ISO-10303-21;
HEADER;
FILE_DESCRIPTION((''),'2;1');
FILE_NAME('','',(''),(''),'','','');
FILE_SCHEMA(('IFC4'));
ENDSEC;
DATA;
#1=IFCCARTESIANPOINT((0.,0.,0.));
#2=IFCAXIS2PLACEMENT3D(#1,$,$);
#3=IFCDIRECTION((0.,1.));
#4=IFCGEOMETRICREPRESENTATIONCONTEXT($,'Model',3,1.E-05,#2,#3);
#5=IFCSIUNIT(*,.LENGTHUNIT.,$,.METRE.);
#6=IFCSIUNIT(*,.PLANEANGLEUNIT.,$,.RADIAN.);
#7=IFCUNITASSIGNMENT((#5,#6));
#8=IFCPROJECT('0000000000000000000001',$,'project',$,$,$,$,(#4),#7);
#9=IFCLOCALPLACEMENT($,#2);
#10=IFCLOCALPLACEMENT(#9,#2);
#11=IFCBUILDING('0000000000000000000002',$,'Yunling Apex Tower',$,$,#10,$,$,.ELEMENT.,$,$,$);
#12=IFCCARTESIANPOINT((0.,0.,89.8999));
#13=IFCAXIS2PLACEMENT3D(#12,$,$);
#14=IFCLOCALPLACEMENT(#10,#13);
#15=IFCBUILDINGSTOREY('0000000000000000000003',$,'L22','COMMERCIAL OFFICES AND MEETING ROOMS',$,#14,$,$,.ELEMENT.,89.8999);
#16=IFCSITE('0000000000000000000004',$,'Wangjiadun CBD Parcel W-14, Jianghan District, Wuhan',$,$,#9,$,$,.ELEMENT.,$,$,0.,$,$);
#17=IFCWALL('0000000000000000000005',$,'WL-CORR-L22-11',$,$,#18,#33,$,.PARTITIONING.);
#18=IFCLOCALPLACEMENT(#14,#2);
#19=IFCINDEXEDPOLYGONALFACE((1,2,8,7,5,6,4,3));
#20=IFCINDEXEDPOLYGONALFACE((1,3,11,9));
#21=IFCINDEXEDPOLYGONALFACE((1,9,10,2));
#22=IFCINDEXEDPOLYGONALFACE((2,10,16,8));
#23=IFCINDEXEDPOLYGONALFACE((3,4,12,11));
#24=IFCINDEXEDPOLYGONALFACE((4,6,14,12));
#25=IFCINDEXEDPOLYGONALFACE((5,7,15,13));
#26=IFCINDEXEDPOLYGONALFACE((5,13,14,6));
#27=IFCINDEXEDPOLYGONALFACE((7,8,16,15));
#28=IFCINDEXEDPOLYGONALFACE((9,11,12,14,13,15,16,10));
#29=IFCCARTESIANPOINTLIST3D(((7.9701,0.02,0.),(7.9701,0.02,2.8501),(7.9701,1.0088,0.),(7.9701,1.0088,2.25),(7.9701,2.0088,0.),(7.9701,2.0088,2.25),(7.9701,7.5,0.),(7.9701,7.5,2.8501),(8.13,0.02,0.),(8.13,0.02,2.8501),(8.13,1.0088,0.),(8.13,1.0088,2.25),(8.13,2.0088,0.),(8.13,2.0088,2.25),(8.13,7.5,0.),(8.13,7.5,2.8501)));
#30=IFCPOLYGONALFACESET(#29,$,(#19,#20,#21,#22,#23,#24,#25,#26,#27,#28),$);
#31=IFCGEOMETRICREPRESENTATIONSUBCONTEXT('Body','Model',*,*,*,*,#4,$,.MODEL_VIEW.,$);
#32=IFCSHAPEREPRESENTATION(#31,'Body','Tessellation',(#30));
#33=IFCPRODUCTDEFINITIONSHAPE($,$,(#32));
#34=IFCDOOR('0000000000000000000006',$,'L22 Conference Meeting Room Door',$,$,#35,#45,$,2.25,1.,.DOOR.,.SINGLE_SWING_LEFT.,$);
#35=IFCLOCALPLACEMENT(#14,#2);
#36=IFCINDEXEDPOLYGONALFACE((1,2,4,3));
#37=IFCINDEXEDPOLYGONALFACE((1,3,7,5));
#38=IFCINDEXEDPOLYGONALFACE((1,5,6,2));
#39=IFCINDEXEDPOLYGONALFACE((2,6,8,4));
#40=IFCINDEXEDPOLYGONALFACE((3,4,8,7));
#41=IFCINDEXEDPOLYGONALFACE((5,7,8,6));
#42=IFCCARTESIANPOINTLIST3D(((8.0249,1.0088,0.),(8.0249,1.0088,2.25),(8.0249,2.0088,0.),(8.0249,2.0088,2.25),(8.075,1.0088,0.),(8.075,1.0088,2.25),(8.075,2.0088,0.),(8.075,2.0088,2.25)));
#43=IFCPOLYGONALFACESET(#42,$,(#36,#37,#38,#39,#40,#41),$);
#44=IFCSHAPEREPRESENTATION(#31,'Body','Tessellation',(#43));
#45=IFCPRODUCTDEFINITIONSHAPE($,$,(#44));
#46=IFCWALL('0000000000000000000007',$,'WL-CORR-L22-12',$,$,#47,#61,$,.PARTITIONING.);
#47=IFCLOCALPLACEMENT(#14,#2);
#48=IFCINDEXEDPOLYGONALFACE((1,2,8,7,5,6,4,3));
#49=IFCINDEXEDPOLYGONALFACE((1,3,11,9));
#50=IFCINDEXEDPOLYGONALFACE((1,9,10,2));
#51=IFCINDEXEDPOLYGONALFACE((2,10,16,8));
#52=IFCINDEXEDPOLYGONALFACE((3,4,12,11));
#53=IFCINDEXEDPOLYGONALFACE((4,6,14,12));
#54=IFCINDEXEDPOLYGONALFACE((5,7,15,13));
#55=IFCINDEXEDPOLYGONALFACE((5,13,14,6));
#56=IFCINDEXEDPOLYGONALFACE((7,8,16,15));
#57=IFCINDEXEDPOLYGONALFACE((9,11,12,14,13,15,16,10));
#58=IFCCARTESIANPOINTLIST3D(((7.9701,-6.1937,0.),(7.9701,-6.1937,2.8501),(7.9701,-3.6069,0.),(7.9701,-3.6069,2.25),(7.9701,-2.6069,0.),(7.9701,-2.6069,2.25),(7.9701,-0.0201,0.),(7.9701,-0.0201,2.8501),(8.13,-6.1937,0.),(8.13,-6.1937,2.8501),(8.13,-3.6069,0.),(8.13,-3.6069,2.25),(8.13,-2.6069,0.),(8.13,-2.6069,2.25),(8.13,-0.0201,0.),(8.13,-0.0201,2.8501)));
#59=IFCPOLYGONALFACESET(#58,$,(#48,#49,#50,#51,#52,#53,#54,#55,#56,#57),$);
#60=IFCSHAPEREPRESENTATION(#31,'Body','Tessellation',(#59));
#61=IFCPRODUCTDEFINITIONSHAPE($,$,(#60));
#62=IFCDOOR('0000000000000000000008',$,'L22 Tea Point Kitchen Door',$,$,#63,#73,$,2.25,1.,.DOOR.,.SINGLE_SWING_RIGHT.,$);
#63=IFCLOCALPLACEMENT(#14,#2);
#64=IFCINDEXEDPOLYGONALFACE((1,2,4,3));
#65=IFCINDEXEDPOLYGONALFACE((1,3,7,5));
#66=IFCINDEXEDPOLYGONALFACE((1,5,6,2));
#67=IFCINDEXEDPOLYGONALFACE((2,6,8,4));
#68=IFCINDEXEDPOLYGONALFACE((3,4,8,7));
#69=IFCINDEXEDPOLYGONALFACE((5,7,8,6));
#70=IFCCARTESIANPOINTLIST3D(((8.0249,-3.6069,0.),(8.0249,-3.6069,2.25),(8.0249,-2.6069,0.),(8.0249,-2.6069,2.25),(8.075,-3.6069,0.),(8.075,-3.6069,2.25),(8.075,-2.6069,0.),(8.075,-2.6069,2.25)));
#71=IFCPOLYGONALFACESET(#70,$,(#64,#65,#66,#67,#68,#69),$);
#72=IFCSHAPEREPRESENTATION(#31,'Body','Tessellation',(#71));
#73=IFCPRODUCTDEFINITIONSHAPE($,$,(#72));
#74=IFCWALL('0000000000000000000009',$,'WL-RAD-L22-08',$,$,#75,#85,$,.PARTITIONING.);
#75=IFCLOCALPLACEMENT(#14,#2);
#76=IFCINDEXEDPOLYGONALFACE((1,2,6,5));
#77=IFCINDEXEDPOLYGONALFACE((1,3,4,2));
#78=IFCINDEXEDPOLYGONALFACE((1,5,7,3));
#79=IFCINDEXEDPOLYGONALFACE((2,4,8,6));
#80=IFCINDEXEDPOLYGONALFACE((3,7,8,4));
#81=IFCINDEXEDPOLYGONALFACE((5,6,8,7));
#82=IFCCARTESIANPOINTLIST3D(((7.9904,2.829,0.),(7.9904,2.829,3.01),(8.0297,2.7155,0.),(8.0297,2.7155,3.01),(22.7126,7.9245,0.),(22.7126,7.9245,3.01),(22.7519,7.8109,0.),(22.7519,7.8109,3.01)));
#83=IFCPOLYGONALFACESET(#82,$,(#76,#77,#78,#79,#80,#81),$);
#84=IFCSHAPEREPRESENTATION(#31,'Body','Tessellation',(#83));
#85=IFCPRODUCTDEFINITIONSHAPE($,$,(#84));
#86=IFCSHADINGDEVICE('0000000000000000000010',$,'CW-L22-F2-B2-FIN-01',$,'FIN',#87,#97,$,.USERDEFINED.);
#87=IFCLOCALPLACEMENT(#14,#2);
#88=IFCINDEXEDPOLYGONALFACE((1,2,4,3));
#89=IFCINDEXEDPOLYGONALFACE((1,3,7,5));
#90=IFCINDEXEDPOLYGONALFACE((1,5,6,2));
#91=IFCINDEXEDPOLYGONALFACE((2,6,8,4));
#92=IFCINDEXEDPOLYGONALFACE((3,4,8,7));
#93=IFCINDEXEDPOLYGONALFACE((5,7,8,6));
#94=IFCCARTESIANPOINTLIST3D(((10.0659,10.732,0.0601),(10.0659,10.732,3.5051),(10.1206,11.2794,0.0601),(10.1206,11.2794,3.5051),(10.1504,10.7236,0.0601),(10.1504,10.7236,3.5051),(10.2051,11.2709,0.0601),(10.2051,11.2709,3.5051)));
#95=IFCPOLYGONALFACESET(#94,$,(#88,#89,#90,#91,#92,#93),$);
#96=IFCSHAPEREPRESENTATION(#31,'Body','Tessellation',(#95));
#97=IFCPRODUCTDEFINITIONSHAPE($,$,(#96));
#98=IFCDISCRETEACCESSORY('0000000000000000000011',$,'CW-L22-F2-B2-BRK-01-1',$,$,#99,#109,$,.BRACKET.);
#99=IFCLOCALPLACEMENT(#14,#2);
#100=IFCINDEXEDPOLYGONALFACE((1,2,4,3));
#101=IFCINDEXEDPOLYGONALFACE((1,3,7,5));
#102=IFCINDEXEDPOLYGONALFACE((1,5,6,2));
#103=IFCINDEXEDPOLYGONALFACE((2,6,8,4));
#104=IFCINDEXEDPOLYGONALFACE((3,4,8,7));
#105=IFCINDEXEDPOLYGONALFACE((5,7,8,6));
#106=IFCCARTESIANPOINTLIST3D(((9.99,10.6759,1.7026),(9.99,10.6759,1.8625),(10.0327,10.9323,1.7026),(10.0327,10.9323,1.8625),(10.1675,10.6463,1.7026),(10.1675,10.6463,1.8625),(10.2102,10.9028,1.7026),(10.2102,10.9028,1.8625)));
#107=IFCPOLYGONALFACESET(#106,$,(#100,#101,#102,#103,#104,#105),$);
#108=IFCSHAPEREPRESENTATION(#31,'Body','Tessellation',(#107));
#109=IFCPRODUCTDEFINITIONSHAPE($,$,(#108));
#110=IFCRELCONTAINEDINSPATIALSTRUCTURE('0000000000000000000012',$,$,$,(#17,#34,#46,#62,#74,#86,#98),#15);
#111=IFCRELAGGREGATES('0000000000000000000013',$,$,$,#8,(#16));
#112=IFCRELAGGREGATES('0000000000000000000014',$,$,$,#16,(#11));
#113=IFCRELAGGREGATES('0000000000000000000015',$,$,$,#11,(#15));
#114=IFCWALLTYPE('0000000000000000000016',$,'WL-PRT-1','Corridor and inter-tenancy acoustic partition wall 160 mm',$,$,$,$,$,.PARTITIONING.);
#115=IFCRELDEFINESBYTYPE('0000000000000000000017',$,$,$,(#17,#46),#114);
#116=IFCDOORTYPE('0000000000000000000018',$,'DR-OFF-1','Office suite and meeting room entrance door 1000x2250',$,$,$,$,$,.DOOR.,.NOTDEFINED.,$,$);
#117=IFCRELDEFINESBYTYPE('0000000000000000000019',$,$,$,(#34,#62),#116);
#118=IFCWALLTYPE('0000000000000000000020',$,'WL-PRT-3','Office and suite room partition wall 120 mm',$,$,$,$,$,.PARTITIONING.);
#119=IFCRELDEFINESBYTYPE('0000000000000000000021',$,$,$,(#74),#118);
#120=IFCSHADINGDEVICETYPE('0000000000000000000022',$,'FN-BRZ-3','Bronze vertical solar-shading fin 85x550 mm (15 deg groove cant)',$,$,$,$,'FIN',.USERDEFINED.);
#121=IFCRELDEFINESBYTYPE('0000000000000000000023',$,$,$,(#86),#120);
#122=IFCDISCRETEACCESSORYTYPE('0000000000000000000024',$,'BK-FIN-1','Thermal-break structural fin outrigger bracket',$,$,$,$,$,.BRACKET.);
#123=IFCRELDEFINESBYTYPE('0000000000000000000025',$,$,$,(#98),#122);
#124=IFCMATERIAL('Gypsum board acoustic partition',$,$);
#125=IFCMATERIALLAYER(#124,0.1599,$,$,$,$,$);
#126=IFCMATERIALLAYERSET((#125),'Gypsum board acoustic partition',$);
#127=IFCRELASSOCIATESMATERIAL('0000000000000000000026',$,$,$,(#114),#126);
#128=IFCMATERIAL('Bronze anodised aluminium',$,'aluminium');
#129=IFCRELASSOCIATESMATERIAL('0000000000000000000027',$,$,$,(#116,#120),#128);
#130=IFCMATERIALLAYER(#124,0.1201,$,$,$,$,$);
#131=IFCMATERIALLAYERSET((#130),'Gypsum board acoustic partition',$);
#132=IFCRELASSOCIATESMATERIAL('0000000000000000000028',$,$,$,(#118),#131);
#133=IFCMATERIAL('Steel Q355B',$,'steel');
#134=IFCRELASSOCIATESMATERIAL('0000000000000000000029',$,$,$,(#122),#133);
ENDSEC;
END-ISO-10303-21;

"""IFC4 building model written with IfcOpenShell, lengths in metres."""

from ifc_helpers import new_model, si_unit, direction, frame, frame_2d, origin, origin_2d, place, context, subcontext, project, spatial, rectangle, extrude, source, transform, mapped, material, layer, layer_set, material_profile, profile_set, type_object, element, fill, save


model = new_model("IFC4")

# Units and contexts
model_context = context("Model", 3, precision=1e-05, world=origin(), true_north=direction((0.0, 1.0)))
body_context = subcontext(model_context, "Body", "Model", "MODEL_VIEW")
ifc_project = project(units=[si_unit("LENGTHUNIT", "METRE"), si_unit("PLANEANGLEUNIT", "RADIAN")], contexts=[model_context])

# Site, building, storey
site_placement = place(None, origin())
site = spatial("IfcSite", under=ifc_project, at=site_placement, Name="Wangjiadun CBD Parcel W-14, Jianghan District, Wuhan", CompositionType="ELEMENT", RefElevation=0.0)
building_placement = place(site_placement, origin())
building = spatial("IfcBuilding", under=site, at=building_placement, Name="Yunling Apex Tower", CompositionType="ELEMENT")
storey_placement = place(building_placement, frame((0.0, 0.0, 89.8999)))
storey = spatial("IfcBuildingStorey", under=building, at=storey_placement, Name="L22", Description="COMMERCIAL OFFICES AND MEETING ROOMS", CompositionType="ELEMENT", Elevation=89.8999)

# Shared definitions
ifc_material_1 = material(Name="Steel Q355B", Category="steel")

# Shared definitions
ifc_material_2 = material(Name="Bronze anodised aluminium", Category="aluminium")

# Shared definitions
ifc_material_3 = material(Name="Gypsum board acoustic partition")
ifc_layer_1 = layer(ifc_material_3, 0.1599)
ifc_layer_set_1 = layer_set([ifc_layer_1], Name="Gypsum board acoustic partition")
wall_type_1 = type_object("IfcWallType", Name="WL-PRT-1", Description="Corridor and inter-tenancy acoustic partition wall 160 mm", PredefinedType="PARTITIONING", material=ifc_layer_set_1)

# Walls, openings, doors
wall_1_placement = place(storey_placement, frame((8.05, 7.5, 0.0), z_axis=(0.0, 0.0, 1.0), x_axis=(0.0, -1.0, 0.0)))
wall_1 = element("IfcWall", 1, at=wall_1_placement, inside=storey, type_object=wall_type_1, Name="WL-CORR-L22-11", PredefinedType="PARTITIONING", context=body_context, shape_type="SweptSolid", body=[
    extrude(rectangle(XDim=7.48, YDim=0.1599, at=frame_2d((3.74, 0.0))), origin(), (0.0, 0.0, 1.0), 2.8501),
])
opening_1_placement = place(wall_1_placement, frame((5.4912, 0.0, 0.0)))
opening_1 = element("IfcOpeningElement", 2, at=opening_1_placement, cuts=wall_1, PredefinedType="OPENING", context=body_context, shape_type="SweptSolid", body=[
    extrude(rectangle(XDim=1.0, YDim=2.25, at=frame_2d((0.5, 1.125))), frame((0.0, 0.0898, 0.0), z_axis=(0.0, -1.0, 0.0), x_axis=(1.0, 0.0, 0.0)), (0.0, 0.0, 1.0), 0.1799),
])
door_type = type_object("IfcDoorType", Name="DR-OFF-1", Description="Office suite and meeting room entrance door 1000x2250", OperationType="NOTDEFINED", PredefinedType="DOOR", material=ifc_material_2)
door_1_placement = place(opening_1_placement, origin())
door_1 = element("IfcDoor", 3, at=door_1_placement, inside=storey, type_object=door_type, Name="L22 Conference Meeting Room Door", OperationType="SINGLE_SWING_LEFT", OverallHeight=2.25, OverallWidth=1.0, PredefinedType="DOOR", context=body_context, shape_type="SweptSolid", body=[
    extrude(rectangle(XDim=1.0, YDim=2.25, at=frame_2d((0.5, 1.125))), frame((0.0, 0.0249, 0.0), z_axis=(0.0, -1.0, 0.0), x_axis=(1.0, 0.0, 0.0)), (0.0, 0.0, 1.0), 0.05),
])
fill(opening_1, door_1)
wall_2_placement = place(storey_placement, frame((8.05, -0.02, 0.0), z_axis=(0.0, 0.0, 1.0), x_axis=(0.0, -1.0, 0.0)))
wall_2 = element("IfcWall", 4, at=wall_2_placement, inside=storey, type_object=wall_type_1, Name="WL-CORR-L22-12", PredefinedType="PARTITIONING", context=body_context, shape_type="SweptSolid", body=[
    extrude(rectangle(XDim=6.1736, YDim=0.1599, at=frame_2d((3.0869, 0.0))), origin(), (0.0, 0.0, 1.0), 2.8501),
])
opening_2_placement = place(wall_2_placement, frame((2.5869, 0.0, 0.0)))
opening_2 = element("IfcOpeningElement", 5, at=opening_2_placement, cuts=wall_2, PredefinedType="OPENING", context=body_context, shape_type="SweptSolid", body=[
    extrude(rectangle(XDim=1.0, YDim=2.25, at=frame_2d((0.5, 1.125))), frame((0.0, 0.0898, 0.0), z_axis=(0.0, -1.0, 0.0), x_axis=(1.0, 0.0, 0.0)), (0.0, 0.0, 1.0), 0.1799),
])
door_2_placement = place(opening_2_placement, origin())
door_2 = element("IfcDoor", 6, at=door_2_placement, inside=storey, type_object=door_type, Name="L22 Tea Point Kitchen Door", OperationType="SINGLE_SWING_RIGHT", OverallHeight=2.25, OverallWidth=1.0, PredefinedType="DOOR", context=body_context, shape_type="SweptSolid", body=[
    extrude(rectangle(XDim=1.0, YDim=2.25, at=frame_2d((0.5, 1.125))), frame((0.0, 0.0249, 0.0), z_axis=(0.0, -1.0, 0.0), x_axis=(1.0, 0.0, 0.0)), (0.0, 0.0, 1.0), 0.05),
])
fill(opening_2, door_2)

# Wall
ifc_layer_2 = layer(ifc_material_3, 0.1201)
ifc_layer_set_2 = layer_set([ifc_layer_2], Name="Gypsum board acoustic partition")
wall_type_2 = type_object("IfcWallType", Name="WL-PRT-3", Description="Office and suite room partition wall 120 mm", PredefinedType="PARTITIONING", material=ifc_layer_set_2)
wall_3_placement = place(storey_placement, frame((8.01, 2.7722, 0.0), z_axis=(0.0, 0.0, 1.0), x_axis=(0.944999, 0.327072, 0.0)))
element("IfcWall", 7, at=wall_3_placement, inside=storey, type_object=wall_type_2, Name="WL-RAD-L22-08", PredefinedType="PARTITIONING", context=body_context, shape_type="SweptSolid", body=[
    extrude(rectangle(XDim=15.5791, YDim=0.1201, at=frame_2d((7.7896, 0.0))), origin(), (0.0, 0.0, 1.0), 3.01),
])

# Shading device
ifc_material_profile_1 = material_profile(ifc_material_2, rectangle(XDim=0.085, YDim=0.55, at=origin_2d()))
ifc_profile_set_1 = profile_set([ifc_material_profile_1], Name="Bronze anodised aluminium")
shading_device_type = type_object("IfcShadingDeviceType", Name="FN-BRZ-3", Description="Bronze vertical solar-shading fin 85x550 mm (15 deg groove cant)", ElementType="FIN", PredefinedType="USERDEFINED", material=ifc_profile_set_1)
shared_shape_1 = source(origin(), body_context, "Body", "SweptSolid", [
    extrude(rectangle(XDim=0.085, YDim=0.55, at=origin_2d()), origin(), (0.0, 0.0, 1.0), 3.4451),
])
shading_device_placement = place(storey_placement, frame((10.1355, 11.0015, 0.0601), z_axis=(0.0, 0.0, 1.0), x_axis=(-0.995038, 0.099493, 0.0)))
element("IfcShadingDevice", 8, at=shading_device_placement, inside=storey, type_object=shading_device_type, Name="CW-L22-F2-B2-FIN-01", ObjectType="FIN", PredefinedType="USERDEFINED", context=body_context, shape_type="MappedRepresentation", body=[
    mapped(shared_shape_1, transform((0.0, 0.0, 0.0), scale=1.0)),
])

# Discrete accessory
discrete_accessory_type = type_object("IfcDiscreteAccessoryType", Name="BK-FIN-1", Description="Thermal-break structural fin outrigger bracket", PredefinedType="BRACKET", material=ifc_material_1)
shared_shape_2 = source(origin(), body_context, "Body", "SweptSolid", [
    extrude(rectangle(XDim=0.1799, YDim=0.26, at=origin_2d()), origin(), (0.0, 0.0, 1.0), 0.1599),
])
discrete_accessory_placement = place(storey_placement, frame((10.1001, 10.7893, 1.7026), z_axis=(0.0, 0.0, 1.0), x_axis=(-0.986401, 0.164359, 0.0)))
element("IfcDiscreteAccessory", 9, at=discrete_accessory_placement, inside=storey, type_object=discrete_accessory_type, Name="CW-L22-F2-B2-BRK-01-1", PredefinedType="BRACKET", context=body_context, shape_type="MappedRepresentation", body=[
    mapped(shared_shape_2, transform((0.0, 0.0, 0.0), scale=1.0)),
])

save(model, "model.ifc")
